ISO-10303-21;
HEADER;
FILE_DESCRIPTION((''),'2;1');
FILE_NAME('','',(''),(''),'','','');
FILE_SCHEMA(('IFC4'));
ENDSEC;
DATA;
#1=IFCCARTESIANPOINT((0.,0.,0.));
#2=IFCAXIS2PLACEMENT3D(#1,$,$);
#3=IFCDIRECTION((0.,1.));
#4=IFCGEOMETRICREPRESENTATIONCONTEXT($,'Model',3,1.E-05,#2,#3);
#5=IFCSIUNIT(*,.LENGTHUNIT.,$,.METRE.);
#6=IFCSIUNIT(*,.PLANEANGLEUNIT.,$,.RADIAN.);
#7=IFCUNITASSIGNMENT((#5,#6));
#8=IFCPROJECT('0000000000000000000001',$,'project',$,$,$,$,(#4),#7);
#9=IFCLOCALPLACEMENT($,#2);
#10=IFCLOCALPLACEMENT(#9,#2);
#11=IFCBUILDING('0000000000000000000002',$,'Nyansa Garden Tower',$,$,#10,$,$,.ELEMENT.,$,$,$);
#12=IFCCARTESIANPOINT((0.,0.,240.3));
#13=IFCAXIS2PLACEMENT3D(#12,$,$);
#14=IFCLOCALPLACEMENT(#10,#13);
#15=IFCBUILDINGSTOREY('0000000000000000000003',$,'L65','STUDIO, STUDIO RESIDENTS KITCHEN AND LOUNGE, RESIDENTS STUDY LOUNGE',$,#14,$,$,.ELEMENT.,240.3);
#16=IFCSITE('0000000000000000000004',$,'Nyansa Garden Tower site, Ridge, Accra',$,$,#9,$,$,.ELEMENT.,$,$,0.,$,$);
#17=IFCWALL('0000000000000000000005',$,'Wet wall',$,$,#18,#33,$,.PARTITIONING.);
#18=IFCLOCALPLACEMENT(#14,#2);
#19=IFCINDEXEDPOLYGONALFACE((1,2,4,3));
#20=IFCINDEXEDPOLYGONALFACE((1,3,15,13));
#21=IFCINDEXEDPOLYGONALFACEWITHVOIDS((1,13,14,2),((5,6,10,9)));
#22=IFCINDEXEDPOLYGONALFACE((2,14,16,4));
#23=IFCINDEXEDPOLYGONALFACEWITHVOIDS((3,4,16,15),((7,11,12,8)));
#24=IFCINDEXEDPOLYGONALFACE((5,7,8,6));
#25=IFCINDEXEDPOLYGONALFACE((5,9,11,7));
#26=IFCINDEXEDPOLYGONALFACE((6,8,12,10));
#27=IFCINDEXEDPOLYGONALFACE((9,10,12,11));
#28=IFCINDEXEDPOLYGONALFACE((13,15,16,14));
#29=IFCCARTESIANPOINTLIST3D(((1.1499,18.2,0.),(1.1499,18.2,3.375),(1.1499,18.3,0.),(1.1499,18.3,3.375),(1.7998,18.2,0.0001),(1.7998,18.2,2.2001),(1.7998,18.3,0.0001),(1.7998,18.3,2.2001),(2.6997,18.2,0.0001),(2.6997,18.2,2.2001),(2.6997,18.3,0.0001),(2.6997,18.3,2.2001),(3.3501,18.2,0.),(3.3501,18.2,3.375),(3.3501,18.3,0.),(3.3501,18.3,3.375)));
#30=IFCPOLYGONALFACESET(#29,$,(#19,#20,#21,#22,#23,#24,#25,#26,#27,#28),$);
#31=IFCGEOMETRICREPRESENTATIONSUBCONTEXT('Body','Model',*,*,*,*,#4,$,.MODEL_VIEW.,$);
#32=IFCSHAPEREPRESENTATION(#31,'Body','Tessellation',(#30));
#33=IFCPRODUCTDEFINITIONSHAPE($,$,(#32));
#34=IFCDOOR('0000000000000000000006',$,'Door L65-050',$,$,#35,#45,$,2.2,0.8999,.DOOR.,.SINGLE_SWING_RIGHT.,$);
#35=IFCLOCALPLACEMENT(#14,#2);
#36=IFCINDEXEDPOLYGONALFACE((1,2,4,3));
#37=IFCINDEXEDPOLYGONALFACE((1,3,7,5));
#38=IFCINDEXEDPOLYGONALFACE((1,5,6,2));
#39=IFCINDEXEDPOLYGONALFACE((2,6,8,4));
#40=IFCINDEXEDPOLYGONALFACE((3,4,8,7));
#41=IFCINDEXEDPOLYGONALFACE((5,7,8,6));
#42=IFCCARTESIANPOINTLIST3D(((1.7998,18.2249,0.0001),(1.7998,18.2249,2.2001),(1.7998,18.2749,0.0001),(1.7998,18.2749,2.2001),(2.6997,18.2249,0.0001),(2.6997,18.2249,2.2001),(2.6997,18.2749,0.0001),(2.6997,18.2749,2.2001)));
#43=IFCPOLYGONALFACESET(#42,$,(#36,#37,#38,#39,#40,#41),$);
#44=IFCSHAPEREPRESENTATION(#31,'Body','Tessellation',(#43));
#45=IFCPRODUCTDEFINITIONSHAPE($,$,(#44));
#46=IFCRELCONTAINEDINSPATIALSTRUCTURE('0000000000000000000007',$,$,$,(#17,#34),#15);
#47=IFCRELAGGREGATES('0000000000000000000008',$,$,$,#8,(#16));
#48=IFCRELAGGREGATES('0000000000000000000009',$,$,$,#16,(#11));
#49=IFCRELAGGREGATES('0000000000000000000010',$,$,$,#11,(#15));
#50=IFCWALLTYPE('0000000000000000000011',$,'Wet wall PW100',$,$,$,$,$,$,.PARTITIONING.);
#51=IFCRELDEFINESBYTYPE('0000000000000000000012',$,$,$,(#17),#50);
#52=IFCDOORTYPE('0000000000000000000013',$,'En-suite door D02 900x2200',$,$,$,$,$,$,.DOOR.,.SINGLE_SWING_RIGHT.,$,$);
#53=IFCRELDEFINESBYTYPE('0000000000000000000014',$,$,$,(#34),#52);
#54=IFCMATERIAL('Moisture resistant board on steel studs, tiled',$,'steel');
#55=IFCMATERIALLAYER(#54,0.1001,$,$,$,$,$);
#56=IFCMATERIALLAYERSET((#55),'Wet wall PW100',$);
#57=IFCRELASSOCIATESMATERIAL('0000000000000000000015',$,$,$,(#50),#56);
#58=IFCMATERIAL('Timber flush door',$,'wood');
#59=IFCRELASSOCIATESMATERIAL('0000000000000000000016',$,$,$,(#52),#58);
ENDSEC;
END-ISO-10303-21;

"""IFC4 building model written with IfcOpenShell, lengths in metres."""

from ifc_helpers import new_model, si_unit, direction, frame, frame_2d, origin, place, context, subcontext, project, spatial, rectangle, extrude, material, layer, layer_set, type_object, element, fill, save


model = new_model("IFC4")

# Units and contexts
model_context = context("Model", 3, precision=1e-05, world=origin(), true_north=direction((0.0, 1.0)))
body_context = subcontext(model_context, "Body", "Model", "MODEL_VIEW")
ifc_project = project(units=[si_unit("LENGTHUNIT", "METRE"), si_unit("PLANEANGLEUNIT", "RADIAN")], contexts=[model_context])

# Site, building, storey
site_placement = place(None, origin())
site = spatial("IfcSite", under=ifc_project, at=site_placement, Name="Nyansa Garden Tower site, Ridge, Accra", CompositionType="ELEMENT", RefElevation=0.0)
building_placement = place(site_placement, origin())
building = spatial("IfcBuilding", under=site, at=building_placement, Name="Nyansa Garden Tower", CompositionType="ELEMENT")
storey_placement = place(building_placement, frame((0.0, 0.0, 240.3)))
storey = spatial("IfcBuildingStorey", under=building, at=storey_placement, Name="L65", Description="STUDIO, STUDIO RESIDENTS KITCHEN AND LOUNGE, RESIDENTS STUDY LOUNGE", CompositionType="ELEMENT", Elevation=240.3)

# Shared definitions
ifc_material_1 = material(Name="Moisture resistant board on steel studs, tiled", Category="steel")
ifc_layer_1 = layer(ifc_material_1, 0.1001)
ifc_layer_set_1 = layer_set([ifc_layer_1], Name="Wet wall PW100")
wall_type_1 = type_object("IfcWallType", Name="Wet wall PW100", PredefinedType="PARTITIONING", material=ifc_layer_set_1)

# Shared definitions
ifc_material_2 = material(Name="Timber flush door", Category="wood")
door_type = type_object("IfcDoorType", Name="En-suite door D02 900x2200", OperationType="SINGLE_SWING_RIGHT", PredefinedType="DOOR", material=ifc_material_2)

# Wall, opening, door
wall_1_placement = place(storey_placement, frame((1.1499, 18.25, 0.0), z_axis=(0.0, 0.0, 1.0), x_axis=(1.0, 0.0, 0.0)))
wall_1 = element("IfcWall", 1, at=wall_1_placement, inside=storey, type_object=wall_type_1, Name="Wet wall", PredefinedType="PARTITIONING", context=body_context, shape_type="SweptSolid", body=[
    extrude(rectangle(XDim=2.2002, YDim=0.1001, at=frame_2d((1.1001, 0.0))), origin(), (0.0, 0.0, 1.0), 3.375),
])
opening_1_placement = place(wall_1_placement, frame((0.6499, 0.0, 0.0)))
opening_1 = element("IfcOpeningElement", 2, at=opening_1_placement, cuts=wall_1, PredefinedType="OPENING", context=body_context, shape_type="SweptSolid", body=[
    extrude(rectangle(XDim=0.8999, YDim=2.2, at=frame_2d((0.45, 1.1001))), frame((0.0, 0.0601, 0.0), z_axis=(0.0, -1.0, 0.0), x_axis=(1.0, 0.0, 0.0)), (0.0, 0.0, 1.0), 0.1201),
])
door_1_placement = place(opening_1_placement, origin())
door_1 = element("IfcDoor", 3, at=door_1_placement, inside=storey, type_object=door_type, Name="Door L65-050", OperationType="SINGLE_SWING_RIGHT", OverallHeight=2.2, OverallWidth=0.8999, PredefinedType="DOOR", context=body_context, shape_type="SweptSolid", body=[
    extrude(rectangle(XDim=0.8999, YDim=2.2, at=frame_2d((0.45, 1.1001))), frame((0.0, 0.0249, 0.0), z_axis=(0.0, -1.0, 0.0), x_axis=(1.0, 0.0, 0.0)), (0.0, 0.0, 1.0), 0.05),
])
fill(opening_1, door_1)

save(model, "model.ifc")
